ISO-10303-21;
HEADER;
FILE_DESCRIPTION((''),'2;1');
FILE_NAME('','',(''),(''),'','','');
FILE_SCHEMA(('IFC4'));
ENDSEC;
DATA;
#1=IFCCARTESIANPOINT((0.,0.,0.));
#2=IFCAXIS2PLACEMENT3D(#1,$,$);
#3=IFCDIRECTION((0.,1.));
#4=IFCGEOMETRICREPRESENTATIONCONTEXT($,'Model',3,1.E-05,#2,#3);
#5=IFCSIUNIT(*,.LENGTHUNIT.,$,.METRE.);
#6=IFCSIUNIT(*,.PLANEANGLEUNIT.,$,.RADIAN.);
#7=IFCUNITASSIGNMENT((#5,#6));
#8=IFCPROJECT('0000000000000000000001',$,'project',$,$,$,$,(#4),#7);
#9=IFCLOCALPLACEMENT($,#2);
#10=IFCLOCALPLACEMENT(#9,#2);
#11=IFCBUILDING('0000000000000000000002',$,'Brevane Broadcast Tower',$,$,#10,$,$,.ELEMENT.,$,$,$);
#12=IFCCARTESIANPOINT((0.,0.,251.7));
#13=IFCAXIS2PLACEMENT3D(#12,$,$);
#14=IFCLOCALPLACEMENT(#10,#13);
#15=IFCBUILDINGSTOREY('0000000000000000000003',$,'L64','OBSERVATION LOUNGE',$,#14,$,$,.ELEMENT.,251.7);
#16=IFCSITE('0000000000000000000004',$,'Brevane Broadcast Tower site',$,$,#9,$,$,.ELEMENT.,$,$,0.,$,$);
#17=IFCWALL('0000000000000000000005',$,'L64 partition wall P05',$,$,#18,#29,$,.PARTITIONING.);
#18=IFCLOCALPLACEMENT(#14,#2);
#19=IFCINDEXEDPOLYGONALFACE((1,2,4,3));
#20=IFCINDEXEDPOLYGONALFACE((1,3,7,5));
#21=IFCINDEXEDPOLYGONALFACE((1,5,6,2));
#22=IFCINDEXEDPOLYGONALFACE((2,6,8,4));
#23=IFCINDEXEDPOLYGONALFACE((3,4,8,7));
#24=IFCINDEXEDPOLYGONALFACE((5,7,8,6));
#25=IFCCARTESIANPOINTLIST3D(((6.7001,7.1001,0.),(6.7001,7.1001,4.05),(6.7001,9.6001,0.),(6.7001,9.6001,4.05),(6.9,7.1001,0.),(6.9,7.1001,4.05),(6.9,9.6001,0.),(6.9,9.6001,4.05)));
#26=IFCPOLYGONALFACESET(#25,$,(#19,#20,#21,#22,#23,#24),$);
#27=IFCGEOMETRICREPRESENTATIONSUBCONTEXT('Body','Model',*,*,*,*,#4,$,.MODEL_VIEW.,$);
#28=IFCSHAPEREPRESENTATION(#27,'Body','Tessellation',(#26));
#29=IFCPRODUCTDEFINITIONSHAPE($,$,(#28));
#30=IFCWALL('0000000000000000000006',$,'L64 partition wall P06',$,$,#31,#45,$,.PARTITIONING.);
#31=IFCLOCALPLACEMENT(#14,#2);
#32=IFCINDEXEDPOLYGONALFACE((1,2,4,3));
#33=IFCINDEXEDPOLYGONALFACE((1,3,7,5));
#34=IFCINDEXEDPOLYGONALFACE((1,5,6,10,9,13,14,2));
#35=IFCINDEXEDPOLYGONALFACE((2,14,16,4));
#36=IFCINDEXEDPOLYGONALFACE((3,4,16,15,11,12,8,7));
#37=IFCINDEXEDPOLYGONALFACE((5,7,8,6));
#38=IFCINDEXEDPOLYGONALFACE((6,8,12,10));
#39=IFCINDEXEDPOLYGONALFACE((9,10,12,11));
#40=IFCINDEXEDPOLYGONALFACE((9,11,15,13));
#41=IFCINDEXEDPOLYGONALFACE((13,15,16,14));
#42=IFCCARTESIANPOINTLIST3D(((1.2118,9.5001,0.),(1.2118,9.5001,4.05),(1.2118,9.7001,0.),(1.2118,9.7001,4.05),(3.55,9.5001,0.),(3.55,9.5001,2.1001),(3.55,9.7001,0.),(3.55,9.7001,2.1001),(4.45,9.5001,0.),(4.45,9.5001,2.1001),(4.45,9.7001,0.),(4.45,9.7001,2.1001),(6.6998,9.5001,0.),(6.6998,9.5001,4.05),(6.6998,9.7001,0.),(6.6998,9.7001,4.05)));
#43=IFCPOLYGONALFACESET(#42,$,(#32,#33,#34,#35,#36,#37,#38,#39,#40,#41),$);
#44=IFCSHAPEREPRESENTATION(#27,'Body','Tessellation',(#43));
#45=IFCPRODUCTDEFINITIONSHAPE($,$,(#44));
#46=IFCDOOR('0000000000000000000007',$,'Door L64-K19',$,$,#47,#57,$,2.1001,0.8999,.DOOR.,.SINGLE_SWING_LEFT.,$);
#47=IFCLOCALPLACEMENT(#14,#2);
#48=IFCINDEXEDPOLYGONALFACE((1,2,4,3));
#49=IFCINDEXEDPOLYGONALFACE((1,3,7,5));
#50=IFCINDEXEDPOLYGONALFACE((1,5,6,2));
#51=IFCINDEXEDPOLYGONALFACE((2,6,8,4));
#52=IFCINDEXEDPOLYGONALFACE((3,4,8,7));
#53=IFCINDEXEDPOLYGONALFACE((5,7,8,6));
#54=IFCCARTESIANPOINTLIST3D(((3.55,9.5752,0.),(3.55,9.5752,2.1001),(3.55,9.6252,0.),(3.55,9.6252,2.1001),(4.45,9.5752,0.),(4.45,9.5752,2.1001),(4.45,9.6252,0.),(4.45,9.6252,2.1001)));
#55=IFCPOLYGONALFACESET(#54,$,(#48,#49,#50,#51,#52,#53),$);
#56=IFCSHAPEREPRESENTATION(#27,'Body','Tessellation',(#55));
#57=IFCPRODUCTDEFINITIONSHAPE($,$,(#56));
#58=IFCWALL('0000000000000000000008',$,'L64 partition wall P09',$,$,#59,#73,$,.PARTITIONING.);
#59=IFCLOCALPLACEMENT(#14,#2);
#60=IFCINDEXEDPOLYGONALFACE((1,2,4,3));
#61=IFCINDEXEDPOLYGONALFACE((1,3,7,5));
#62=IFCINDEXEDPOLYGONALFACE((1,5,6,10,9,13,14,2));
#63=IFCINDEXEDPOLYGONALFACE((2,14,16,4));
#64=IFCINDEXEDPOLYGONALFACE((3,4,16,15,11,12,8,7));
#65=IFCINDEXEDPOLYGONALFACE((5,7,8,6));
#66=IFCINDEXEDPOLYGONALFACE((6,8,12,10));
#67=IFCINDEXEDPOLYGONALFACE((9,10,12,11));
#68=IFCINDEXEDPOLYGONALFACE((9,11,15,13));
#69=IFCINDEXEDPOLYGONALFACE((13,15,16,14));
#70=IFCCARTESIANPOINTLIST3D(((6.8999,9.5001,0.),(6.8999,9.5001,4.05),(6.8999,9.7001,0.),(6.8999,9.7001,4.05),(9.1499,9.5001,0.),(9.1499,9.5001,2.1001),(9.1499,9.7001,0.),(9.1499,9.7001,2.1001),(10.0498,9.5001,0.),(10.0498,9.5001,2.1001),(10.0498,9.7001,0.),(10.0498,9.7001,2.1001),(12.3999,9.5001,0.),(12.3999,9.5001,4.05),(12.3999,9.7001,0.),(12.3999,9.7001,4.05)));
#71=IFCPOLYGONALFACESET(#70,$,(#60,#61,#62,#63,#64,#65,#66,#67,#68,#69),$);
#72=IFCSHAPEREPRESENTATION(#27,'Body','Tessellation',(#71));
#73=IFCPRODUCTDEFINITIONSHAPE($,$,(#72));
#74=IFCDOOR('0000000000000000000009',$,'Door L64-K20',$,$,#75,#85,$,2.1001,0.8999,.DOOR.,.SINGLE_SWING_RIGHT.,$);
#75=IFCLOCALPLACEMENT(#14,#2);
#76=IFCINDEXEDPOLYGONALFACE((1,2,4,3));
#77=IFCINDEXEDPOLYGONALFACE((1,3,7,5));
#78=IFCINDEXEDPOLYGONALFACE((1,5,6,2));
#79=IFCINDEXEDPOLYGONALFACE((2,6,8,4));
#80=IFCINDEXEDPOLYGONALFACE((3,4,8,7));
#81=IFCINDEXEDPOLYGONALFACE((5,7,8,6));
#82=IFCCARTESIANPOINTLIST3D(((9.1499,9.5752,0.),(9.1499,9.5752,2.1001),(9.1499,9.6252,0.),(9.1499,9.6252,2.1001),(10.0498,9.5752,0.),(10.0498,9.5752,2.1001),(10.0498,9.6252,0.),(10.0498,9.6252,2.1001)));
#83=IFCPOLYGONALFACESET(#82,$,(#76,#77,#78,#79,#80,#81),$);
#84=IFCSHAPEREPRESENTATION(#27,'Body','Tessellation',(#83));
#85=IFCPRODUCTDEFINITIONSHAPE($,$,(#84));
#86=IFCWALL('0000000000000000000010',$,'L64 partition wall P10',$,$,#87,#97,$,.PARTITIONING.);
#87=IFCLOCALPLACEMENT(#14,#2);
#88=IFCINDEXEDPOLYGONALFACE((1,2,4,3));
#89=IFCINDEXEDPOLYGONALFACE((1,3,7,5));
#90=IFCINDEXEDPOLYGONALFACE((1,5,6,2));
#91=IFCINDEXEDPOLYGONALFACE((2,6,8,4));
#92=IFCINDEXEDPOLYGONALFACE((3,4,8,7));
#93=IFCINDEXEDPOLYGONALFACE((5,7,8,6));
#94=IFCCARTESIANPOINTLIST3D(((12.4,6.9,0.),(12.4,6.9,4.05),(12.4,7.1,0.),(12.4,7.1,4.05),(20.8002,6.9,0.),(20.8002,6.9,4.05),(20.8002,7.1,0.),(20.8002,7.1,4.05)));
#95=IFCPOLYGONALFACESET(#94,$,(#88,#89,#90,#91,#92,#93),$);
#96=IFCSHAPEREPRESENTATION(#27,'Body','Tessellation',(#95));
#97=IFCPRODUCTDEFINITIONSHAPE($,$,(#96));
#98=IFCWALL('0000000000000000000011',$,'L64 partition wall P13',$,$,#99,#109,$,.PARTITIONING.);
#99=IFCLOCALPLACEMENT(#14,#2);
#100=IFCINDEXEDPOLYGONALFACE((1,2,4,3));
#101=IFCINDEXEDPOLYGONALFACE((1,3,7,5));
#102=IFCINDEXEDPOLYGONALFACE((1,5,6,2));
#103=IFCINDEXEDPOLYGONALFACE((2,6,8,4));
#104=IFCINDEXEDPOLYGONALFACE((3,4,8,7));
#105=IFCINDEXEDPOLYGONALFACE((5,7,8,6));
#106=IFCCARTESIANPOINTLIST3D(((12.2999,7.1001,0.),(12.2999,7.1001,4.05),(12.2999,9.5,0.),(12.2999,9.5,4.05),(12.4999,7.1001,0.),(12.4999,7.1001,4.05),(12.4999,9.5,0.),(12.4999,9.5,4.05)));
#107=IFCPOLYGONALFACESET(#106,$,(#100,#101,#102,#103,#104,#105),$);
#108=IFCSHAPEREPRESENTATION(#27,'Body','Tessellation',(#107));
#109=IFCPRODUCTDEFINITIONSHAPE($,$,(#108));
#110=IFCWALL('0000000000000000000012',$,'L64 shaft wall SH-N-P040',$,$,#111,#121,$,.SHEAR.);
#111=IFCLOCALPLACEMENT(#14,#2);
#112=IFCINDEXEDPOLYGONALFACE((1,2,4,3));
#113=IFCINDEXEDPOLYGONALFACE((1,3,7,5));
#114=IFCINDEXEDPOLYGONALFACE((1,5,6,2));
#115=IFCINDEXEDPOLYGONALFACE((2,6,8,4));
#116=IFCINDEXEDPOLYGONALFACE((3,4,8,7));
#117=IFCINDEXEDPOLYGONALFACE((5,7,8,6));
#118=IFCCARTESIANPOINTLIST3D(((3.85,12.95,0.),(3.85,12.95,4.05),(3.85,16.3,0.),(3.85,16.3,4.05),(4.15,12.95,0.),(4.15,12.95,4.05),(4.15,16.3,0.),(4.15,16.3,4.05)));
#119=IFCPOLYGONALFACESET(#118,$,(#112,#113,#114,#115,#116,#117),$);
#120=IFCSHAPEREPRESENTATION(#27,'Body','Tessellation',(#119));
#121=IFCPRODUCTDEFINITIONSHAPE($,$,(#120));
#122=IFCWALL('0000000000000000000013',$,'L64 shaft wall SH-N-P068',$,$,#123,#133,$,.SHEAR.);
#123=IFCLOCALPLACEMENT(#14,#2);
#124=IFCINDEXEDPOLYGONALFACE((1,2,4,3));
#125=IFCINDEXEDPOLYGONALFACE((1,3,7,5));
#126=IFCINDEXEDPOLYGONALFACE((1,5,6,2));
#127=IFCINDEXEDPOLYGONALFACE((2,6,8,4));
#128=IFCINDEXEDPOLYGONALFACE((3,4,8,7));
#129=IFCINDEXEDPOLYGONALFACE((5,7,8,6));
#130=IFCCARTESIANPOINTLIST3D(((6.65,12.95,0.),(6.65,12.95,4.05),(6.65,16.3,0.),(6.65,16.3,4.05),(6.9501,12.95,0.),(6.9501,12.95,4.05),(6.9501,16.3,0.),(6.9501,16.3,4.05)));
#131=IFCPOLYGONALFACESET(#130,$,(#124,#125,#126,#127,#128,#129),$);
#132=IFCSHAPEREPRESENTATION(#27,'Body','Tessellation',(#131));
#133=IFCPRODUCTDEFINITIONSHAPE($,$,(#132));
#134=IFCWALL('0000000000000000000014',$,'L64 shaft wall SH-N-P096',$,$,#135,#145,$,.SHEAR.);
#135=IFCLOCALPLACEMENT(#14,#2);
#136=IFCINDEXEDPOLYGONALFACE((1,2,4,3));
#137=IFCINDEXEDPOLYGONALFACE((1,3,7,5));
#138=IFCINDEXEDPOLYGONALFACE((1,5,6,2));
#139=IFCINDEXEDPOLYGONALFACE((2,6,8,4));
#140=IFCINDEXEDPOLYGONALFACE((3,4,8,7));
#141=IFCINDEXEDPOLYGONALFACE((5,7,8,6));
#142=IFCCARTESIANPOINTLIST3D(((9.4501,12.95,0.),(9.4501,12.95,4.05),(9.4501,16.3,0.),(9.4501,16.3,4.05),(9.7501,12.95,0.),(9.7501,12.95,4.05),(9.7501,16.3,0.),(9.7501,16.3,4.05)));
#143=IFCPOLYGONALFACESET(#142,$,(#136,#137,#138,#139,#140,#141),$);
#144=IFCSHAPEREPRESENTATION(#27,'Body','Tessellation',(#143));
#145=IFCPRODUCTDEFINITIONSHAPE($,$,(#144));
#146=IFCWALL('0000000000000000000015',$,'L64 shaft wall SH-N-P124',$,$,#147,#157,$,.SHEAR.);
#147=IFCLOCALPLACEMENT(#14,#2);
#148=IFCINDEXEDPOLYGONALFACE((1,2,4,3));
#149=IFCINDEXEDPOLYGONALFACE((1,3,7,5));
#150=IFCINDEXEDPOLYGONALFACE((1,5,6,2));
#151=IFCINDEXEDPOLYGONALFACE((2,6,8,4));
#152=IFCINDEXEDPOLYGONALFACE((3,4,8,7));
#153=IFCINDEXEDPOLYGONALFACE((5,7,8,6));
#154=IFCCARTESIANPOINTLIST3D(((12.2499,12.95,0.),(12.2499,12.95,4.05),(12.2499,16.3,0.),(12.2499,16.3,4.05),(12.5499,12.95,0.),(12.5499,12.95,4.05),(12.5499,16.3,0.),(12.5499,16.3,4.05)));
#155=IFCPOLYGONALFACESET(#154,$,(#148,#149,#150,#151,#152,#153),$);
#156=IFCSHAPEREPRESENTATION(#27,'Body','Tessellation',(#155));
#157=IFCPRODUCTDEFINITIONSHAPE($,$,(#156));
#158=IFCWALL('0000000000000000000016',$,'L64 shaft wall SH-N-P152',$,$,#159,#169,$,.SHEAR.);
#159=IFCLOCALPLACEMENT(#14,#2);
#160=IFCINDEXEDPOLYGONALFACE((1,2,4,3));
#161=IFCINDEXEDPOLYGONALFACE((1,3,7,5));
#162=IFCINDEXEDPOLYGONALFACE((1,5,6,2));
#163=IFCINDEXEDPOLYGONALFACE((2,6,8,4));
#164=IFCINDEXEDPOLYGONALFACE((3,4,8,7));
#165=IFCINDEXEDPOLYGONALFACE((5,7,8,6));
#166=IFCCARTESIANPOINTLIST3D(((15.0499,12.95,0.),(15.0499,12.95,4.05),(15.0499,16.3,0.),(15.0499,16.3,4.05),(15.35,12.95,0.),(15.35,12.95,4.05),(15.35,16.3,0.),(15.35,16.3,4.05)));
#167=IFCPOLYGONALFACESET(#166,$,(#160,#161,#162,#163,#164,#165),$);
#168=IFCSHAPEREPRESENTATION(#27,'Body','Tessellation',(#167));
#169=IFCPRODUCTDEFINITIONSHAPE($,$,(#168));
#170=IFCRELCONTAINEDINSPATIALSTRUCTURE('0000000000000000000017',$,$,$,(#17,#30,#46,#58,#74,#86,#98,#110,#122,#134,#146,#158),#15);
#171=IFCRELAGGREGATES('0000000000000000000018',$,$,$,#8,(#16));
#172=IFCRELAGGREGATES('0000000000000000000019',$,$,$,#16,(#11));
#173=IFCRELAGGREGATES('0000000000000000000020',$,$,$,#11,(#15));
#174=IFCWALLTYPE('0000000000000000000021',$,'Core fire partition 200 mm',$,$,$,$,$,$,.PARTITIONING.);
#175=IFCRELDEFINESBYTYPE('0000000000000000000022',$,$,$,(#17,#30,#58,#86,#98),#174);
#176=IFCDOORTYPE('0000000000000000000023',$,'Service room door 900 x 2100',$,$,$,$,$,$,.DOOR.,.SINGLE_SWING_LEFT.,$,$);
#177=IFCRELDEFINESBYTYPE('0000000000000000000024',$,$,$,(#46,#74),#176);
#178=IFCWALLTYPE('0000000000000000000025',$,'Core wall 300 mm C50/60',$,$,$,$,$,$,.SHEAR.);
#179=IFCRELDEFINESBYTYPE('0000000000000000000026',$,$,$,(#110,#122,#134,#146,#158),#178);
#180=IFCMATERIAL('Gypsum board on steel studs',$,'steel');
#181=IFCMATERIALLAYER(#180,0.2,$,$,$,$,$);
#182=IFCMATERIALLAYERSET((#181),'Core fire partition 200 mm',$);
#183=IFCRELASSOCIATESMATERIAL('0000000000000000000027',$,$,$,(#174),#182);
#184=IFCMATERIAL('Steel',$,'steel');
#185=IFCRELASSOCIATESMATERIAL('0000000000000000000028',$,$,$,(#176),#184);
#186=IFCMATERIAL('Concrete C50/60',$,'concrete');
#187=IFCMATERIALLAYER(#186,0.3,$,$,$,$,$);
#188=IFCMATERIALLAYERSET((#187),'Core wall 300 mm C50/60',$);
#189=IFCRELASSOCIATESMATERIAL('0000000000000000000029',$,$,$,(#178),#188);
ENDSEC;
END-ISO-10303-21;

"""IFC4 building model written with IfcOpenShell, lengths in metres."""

from ifc_helpers import new_model, si_unit, direction, frame, frame_2d, origin, place, context, subcontext, project, spatial, rectangle, extrude, material, layer, layer_set, type_object, element, fill, save


model = new_model("IFC4")

# Units and contexts
model_context = context("Model", 3, precision=1e-05, world=origin(), true_north=direction((0.0, 1.0)))
body_context = subcontext(model_context, "Body", "Model", "MODEL_VIEW")
ifc_project = project(units=[si_unit("LENGTHUNIT", "METRE"), si_unit("PLANEANGLEUNIT", "RADIAN")], contexts=[model_context])

# Site, building, storey
site_placement = place(None, origin())
site = spatial("IfcSite", under=ifc_project, at=site_placement, Name="Brevane Broadcast Tower site", CompositionType="ELEMENT", RefElevation=0.0)
building_placement = place(site_placement, origin())
building = spatial("IfcBuilding", under=site, at=building_placement, Name="Brevane Broadcast Tower", CompositionType="ELEMENT")
storey_placement = place(building_placement, frame((0.0, 0.0, 251.7)))
storey = spatial("IfcBuildingStorey", under=building, at=storey_placement, Name="L64", Description="OBSERVATION LOUNGE", CompositionType="ELEMENT", Elevation=251.7)

# Shared definitions
ifc_material_1 = material(Name="Gypsum board on steel studs", Category="steel")
ifc_material_2 = material(Name="Steel", Category="steel")

# Shared definitions
ifc_layer_1 = layer(ifc_material_1, 0.2)
ifc_layer_set_1 = layer_set([ifc_layer_1], Name="Core fire partition 200 mm")
wall_type_1 = type_object("IfcWallType", Name="Core fire partition 200 mm", PredefinedType="PARTITIONING", material=ifc_layer_set_1)

# Wall
wall_1_placement = place(storey_placement, frame((6.8, 9.6001, 0.0), z_axis=(0.0, 0.0, 1.0), x_axis=(0.0, -1.0, 0.0)))
element("IfcWall", 1, at=wall_1_placement, inside=storey, type_object=wall_type_1, Name="L64 partition wall P05", PredefinedType="PARTITIONING", context=body_context, shape_type="SweptSolid", body=[
    extrude(rectangle(XDim=2.5, YDim=0.2, at=frame_2d((1.25, 0.0))), origin(), (0.0, 0.0, 1.0), 4.05),
])

# Walls, openings, doors
wall_2_placement = place(storey_placement, frame((6.7, 9.6001, 0.0), z_axis=(0.0, 0.0, 1.0), x_axis=(-1.0, 0.0, 0.0)))
wall_2 = element("IfcWall", 2, at=wall_2_placement, inside=storey, type_object=wall_type_1, Name="L64 partition wall P06", PredefinedType="PARTITIONING", context=body_context, shape_type="SweptSolid", body=[
    extrude(rectangle(XDim=5.488, YDim=0.2, at=frame_2d((2.7441, 0.0))), origin(), (0.0, 0.0, 1.0), 4.05),
])
opening_1_placement = place(wall_2_placement, frame((2.25, 0.0, 0.0)))
opening_1 = element("IfcOpeningElement", 3, at=opening_1_placement, cuts=wall_2, PredefinedType="OPENING", context=body_context, shape_type="SweptSolid", body=[
    extrude(rectangle(XDim=0.8999, YDim=2.1001, at=frame_2d((0.45, 1.05))), frame((0.0, 0.1099, 0.0), z_axis=(0.0, -1.0, 0.0), x_axis=(1.0, 0.0, 0.0)), (0.0, 0.0, 1.0), 0.22),
])
door_type_1 = type_object("IfcDoorType", Name="Service room door 900 x 2100", OperationType="SINGLE_SWING_LEFT", PredefinedType="DOOR", material=ifc_material_2)
door_1_placement = place(opening_1_placement, origin())
door_1 = element("IfcDoor", 4, at=door_1_placement, inside=storey, type_object=door_type_1, Name="Door L64-K19", OperationType="SINGLE_SWING_LEFT", OverallHeight=2.1001, OverallWidth=0.8999, PredefinedType="DOOR", context=body_context, shape_type="SweptSolid", body=[
    extrude(rectangle(XDim=0.8999, YDim=2.1001, at=frame_2d((0.45, 1.05))), frame((0.0, 0.0249, 0.0), z_axis=(0.0, -1.0, 0.0), x_axis=(1.0, 0.0, 0.0)), (0.0, 0.0, 1.0), 0.05),
])
fill(opening_1, door_1)
wall_3_placement = place(storey_placement, frame((12.3999, 9.6001, 0.0), z_axis=(0.0, 0.0, 1.0), x_axis=(-1.0, 0.0, 0.0)))
wall_3 = element("IfcWall", 5, at=wall_3_placement, inside=storey, type_object=wall_type_1, Name="L64 partition wall P09", PredefinedType="PARTITIONING", context=body_context, shape_type="SweptSolid", body=[
    extrude(rectangle(XDim=5.5, YDim=0.2, at=frame_2d((2.75, 0.0))), origin(), (0.0, 0.0, 1.0), 4.05),
])
opening_2_placement = place(wall_3_placement, frame((2.3501, 0.0, 0.0)))
opening_2 = element("IfcOpeningElement", 6, at=opening_2_placement, cuts=wall_3, PredefinedType="OPENING", context=body_context, shape_type="SweptSolid", body=[
    extrude(rectangle(XDim=0.8999, YDim=2.1001, at=frame_2d((0.45, 1.05))), frame((0.0, 0.1099, 0.0), z_axis=(0.0, -1.0, 0.0), x_axis=(1.0, 0.0, 0.0)), (0.0, 0.0, 1.0), 0.22),
])
door_2_placement = place(opening_2_placement, origin())
door_2 = element("IfcDoor", 7, at=door_2_placement, inside=storey, type_object=door_type_1, Name="Door L64-K20", OperationType="SINGLE_SWING_RIGHT", OverallHeight=2.1001, OverallWidth=0.8999, PredefinedType="DOOR", context=body_context, shape_type="SweptSolid", body=[
    extrude(rectangle(XDim=0.8999, YDim=2.1001, at=frame_2d((0.45, 1.05))), frame((0.0, 0.0249, 0.0), z_axis=(0.0, -1.0, 0.0), x_axis=(1.0, 0.0, 0.0)), (0.0, 0.0, 1.0), 0.05),
])
fill(opening_2, door_2)

# Walls
wall_4_placement = place(storey_placement, frame((12.3999, 7.0, 0.0), z_axis=(0.0, 0.0, 1.0), x_axis=(1.0, 0.0, 0.0)))
element("IfcWall", 8, at=wall_4_placement, inside=storey, type_object=wall_type_1, Name="L64 partition wall P10", PredefinedType="PARTITIONING", context=body_context, shape_type="SweptSolid", body=[
    extrude(rectangle(XDim=8.4001, YDim=0.2, at=frame_2d((4.2002, 0.0))), origin(), (0.0, 0.0, 1.0), 4.05),
])
wall_5_placement = place(storey_placement, frame((12.3999, 9.5, 0.0), z_axis=(0.0, 0.0, 1.0), x_axis=(0.0, -1.0, 0.0)))
element("IfcWall", 9, at=wall_5_placement, inside=storey, type_object=wall_type_1, Name="L64 partition wall P13", PredefinedType="PARTITIONING", context=body_context, shape_type="SweptSolid", body=[
    extrude(rectangle(XDim=2.3999, YDim=0.2, at=frame_2d((1.2, 0.0))), origin(), (0.0, 0.0, 1.0), 4.05),
])
ifc_material_3 = material(Name="Concrete C50/60", Category="concrete")
ifc_layer_2 = layer(ifc_material_3, 0.3)
ifc_layer_set_2 = layer_set([ifc_layer_2], Name="Core wall 300 mm C50/60")
wall_type_2 = type_object("IfcWallType", Name="Core wall 300 mm C50/60", PredefinedType="SHEAR", material=ifc_layer_set_2)
for number, where, z_axis, x_axis, name in (
    (10, (4.0, 12.95, 0.0), (0.0, 0.0, 1.0), (0.0, 1.0, 0.0), "L64 shaft wall SH-N-P040"),
    (11, (6.8, 12.95, 0.0), (0.0, 0.0, 1.0), (0.0, 1.0, 0.0), "L64 shaft wall SH-N-P068"),
    (12, (9.6001, 12.95, 0.0), (0.0, 0.0, 1.0), (0.0, 1.0, 0.0), "L64 shaft wall SH-N-P096"),
    (13, (12.3999, 12.95, 0.0), (0.0, 0.0, 1.0), (0.0, 1.0, 0.0), "L64 shaft wall SH-N-P124"),
    (14, (15.2, 12.95, 0.0), (0.0, 0.0, 1.0), (0.0, 1.0, 0.0), "L64 shaft wall SH-N-P152"),
):
    element("IfcWall", number, at=place(storey_placement, frame(where, z_axis=z_axis, x_axis=x_axis)), inside=storey, type_object=wall_type_2, Name=name, PredefinedType="SHEAR", context=body_context, shape_type="SweptSolid", body=[
        extrude(rectangle(XDim=3.3501, YDim=0.3, at=frame_2d((1.675, 0.0))), origin(), (0.0, 0.0, 1.0), 4.05),
    ])

save(model, "model.ifc")
